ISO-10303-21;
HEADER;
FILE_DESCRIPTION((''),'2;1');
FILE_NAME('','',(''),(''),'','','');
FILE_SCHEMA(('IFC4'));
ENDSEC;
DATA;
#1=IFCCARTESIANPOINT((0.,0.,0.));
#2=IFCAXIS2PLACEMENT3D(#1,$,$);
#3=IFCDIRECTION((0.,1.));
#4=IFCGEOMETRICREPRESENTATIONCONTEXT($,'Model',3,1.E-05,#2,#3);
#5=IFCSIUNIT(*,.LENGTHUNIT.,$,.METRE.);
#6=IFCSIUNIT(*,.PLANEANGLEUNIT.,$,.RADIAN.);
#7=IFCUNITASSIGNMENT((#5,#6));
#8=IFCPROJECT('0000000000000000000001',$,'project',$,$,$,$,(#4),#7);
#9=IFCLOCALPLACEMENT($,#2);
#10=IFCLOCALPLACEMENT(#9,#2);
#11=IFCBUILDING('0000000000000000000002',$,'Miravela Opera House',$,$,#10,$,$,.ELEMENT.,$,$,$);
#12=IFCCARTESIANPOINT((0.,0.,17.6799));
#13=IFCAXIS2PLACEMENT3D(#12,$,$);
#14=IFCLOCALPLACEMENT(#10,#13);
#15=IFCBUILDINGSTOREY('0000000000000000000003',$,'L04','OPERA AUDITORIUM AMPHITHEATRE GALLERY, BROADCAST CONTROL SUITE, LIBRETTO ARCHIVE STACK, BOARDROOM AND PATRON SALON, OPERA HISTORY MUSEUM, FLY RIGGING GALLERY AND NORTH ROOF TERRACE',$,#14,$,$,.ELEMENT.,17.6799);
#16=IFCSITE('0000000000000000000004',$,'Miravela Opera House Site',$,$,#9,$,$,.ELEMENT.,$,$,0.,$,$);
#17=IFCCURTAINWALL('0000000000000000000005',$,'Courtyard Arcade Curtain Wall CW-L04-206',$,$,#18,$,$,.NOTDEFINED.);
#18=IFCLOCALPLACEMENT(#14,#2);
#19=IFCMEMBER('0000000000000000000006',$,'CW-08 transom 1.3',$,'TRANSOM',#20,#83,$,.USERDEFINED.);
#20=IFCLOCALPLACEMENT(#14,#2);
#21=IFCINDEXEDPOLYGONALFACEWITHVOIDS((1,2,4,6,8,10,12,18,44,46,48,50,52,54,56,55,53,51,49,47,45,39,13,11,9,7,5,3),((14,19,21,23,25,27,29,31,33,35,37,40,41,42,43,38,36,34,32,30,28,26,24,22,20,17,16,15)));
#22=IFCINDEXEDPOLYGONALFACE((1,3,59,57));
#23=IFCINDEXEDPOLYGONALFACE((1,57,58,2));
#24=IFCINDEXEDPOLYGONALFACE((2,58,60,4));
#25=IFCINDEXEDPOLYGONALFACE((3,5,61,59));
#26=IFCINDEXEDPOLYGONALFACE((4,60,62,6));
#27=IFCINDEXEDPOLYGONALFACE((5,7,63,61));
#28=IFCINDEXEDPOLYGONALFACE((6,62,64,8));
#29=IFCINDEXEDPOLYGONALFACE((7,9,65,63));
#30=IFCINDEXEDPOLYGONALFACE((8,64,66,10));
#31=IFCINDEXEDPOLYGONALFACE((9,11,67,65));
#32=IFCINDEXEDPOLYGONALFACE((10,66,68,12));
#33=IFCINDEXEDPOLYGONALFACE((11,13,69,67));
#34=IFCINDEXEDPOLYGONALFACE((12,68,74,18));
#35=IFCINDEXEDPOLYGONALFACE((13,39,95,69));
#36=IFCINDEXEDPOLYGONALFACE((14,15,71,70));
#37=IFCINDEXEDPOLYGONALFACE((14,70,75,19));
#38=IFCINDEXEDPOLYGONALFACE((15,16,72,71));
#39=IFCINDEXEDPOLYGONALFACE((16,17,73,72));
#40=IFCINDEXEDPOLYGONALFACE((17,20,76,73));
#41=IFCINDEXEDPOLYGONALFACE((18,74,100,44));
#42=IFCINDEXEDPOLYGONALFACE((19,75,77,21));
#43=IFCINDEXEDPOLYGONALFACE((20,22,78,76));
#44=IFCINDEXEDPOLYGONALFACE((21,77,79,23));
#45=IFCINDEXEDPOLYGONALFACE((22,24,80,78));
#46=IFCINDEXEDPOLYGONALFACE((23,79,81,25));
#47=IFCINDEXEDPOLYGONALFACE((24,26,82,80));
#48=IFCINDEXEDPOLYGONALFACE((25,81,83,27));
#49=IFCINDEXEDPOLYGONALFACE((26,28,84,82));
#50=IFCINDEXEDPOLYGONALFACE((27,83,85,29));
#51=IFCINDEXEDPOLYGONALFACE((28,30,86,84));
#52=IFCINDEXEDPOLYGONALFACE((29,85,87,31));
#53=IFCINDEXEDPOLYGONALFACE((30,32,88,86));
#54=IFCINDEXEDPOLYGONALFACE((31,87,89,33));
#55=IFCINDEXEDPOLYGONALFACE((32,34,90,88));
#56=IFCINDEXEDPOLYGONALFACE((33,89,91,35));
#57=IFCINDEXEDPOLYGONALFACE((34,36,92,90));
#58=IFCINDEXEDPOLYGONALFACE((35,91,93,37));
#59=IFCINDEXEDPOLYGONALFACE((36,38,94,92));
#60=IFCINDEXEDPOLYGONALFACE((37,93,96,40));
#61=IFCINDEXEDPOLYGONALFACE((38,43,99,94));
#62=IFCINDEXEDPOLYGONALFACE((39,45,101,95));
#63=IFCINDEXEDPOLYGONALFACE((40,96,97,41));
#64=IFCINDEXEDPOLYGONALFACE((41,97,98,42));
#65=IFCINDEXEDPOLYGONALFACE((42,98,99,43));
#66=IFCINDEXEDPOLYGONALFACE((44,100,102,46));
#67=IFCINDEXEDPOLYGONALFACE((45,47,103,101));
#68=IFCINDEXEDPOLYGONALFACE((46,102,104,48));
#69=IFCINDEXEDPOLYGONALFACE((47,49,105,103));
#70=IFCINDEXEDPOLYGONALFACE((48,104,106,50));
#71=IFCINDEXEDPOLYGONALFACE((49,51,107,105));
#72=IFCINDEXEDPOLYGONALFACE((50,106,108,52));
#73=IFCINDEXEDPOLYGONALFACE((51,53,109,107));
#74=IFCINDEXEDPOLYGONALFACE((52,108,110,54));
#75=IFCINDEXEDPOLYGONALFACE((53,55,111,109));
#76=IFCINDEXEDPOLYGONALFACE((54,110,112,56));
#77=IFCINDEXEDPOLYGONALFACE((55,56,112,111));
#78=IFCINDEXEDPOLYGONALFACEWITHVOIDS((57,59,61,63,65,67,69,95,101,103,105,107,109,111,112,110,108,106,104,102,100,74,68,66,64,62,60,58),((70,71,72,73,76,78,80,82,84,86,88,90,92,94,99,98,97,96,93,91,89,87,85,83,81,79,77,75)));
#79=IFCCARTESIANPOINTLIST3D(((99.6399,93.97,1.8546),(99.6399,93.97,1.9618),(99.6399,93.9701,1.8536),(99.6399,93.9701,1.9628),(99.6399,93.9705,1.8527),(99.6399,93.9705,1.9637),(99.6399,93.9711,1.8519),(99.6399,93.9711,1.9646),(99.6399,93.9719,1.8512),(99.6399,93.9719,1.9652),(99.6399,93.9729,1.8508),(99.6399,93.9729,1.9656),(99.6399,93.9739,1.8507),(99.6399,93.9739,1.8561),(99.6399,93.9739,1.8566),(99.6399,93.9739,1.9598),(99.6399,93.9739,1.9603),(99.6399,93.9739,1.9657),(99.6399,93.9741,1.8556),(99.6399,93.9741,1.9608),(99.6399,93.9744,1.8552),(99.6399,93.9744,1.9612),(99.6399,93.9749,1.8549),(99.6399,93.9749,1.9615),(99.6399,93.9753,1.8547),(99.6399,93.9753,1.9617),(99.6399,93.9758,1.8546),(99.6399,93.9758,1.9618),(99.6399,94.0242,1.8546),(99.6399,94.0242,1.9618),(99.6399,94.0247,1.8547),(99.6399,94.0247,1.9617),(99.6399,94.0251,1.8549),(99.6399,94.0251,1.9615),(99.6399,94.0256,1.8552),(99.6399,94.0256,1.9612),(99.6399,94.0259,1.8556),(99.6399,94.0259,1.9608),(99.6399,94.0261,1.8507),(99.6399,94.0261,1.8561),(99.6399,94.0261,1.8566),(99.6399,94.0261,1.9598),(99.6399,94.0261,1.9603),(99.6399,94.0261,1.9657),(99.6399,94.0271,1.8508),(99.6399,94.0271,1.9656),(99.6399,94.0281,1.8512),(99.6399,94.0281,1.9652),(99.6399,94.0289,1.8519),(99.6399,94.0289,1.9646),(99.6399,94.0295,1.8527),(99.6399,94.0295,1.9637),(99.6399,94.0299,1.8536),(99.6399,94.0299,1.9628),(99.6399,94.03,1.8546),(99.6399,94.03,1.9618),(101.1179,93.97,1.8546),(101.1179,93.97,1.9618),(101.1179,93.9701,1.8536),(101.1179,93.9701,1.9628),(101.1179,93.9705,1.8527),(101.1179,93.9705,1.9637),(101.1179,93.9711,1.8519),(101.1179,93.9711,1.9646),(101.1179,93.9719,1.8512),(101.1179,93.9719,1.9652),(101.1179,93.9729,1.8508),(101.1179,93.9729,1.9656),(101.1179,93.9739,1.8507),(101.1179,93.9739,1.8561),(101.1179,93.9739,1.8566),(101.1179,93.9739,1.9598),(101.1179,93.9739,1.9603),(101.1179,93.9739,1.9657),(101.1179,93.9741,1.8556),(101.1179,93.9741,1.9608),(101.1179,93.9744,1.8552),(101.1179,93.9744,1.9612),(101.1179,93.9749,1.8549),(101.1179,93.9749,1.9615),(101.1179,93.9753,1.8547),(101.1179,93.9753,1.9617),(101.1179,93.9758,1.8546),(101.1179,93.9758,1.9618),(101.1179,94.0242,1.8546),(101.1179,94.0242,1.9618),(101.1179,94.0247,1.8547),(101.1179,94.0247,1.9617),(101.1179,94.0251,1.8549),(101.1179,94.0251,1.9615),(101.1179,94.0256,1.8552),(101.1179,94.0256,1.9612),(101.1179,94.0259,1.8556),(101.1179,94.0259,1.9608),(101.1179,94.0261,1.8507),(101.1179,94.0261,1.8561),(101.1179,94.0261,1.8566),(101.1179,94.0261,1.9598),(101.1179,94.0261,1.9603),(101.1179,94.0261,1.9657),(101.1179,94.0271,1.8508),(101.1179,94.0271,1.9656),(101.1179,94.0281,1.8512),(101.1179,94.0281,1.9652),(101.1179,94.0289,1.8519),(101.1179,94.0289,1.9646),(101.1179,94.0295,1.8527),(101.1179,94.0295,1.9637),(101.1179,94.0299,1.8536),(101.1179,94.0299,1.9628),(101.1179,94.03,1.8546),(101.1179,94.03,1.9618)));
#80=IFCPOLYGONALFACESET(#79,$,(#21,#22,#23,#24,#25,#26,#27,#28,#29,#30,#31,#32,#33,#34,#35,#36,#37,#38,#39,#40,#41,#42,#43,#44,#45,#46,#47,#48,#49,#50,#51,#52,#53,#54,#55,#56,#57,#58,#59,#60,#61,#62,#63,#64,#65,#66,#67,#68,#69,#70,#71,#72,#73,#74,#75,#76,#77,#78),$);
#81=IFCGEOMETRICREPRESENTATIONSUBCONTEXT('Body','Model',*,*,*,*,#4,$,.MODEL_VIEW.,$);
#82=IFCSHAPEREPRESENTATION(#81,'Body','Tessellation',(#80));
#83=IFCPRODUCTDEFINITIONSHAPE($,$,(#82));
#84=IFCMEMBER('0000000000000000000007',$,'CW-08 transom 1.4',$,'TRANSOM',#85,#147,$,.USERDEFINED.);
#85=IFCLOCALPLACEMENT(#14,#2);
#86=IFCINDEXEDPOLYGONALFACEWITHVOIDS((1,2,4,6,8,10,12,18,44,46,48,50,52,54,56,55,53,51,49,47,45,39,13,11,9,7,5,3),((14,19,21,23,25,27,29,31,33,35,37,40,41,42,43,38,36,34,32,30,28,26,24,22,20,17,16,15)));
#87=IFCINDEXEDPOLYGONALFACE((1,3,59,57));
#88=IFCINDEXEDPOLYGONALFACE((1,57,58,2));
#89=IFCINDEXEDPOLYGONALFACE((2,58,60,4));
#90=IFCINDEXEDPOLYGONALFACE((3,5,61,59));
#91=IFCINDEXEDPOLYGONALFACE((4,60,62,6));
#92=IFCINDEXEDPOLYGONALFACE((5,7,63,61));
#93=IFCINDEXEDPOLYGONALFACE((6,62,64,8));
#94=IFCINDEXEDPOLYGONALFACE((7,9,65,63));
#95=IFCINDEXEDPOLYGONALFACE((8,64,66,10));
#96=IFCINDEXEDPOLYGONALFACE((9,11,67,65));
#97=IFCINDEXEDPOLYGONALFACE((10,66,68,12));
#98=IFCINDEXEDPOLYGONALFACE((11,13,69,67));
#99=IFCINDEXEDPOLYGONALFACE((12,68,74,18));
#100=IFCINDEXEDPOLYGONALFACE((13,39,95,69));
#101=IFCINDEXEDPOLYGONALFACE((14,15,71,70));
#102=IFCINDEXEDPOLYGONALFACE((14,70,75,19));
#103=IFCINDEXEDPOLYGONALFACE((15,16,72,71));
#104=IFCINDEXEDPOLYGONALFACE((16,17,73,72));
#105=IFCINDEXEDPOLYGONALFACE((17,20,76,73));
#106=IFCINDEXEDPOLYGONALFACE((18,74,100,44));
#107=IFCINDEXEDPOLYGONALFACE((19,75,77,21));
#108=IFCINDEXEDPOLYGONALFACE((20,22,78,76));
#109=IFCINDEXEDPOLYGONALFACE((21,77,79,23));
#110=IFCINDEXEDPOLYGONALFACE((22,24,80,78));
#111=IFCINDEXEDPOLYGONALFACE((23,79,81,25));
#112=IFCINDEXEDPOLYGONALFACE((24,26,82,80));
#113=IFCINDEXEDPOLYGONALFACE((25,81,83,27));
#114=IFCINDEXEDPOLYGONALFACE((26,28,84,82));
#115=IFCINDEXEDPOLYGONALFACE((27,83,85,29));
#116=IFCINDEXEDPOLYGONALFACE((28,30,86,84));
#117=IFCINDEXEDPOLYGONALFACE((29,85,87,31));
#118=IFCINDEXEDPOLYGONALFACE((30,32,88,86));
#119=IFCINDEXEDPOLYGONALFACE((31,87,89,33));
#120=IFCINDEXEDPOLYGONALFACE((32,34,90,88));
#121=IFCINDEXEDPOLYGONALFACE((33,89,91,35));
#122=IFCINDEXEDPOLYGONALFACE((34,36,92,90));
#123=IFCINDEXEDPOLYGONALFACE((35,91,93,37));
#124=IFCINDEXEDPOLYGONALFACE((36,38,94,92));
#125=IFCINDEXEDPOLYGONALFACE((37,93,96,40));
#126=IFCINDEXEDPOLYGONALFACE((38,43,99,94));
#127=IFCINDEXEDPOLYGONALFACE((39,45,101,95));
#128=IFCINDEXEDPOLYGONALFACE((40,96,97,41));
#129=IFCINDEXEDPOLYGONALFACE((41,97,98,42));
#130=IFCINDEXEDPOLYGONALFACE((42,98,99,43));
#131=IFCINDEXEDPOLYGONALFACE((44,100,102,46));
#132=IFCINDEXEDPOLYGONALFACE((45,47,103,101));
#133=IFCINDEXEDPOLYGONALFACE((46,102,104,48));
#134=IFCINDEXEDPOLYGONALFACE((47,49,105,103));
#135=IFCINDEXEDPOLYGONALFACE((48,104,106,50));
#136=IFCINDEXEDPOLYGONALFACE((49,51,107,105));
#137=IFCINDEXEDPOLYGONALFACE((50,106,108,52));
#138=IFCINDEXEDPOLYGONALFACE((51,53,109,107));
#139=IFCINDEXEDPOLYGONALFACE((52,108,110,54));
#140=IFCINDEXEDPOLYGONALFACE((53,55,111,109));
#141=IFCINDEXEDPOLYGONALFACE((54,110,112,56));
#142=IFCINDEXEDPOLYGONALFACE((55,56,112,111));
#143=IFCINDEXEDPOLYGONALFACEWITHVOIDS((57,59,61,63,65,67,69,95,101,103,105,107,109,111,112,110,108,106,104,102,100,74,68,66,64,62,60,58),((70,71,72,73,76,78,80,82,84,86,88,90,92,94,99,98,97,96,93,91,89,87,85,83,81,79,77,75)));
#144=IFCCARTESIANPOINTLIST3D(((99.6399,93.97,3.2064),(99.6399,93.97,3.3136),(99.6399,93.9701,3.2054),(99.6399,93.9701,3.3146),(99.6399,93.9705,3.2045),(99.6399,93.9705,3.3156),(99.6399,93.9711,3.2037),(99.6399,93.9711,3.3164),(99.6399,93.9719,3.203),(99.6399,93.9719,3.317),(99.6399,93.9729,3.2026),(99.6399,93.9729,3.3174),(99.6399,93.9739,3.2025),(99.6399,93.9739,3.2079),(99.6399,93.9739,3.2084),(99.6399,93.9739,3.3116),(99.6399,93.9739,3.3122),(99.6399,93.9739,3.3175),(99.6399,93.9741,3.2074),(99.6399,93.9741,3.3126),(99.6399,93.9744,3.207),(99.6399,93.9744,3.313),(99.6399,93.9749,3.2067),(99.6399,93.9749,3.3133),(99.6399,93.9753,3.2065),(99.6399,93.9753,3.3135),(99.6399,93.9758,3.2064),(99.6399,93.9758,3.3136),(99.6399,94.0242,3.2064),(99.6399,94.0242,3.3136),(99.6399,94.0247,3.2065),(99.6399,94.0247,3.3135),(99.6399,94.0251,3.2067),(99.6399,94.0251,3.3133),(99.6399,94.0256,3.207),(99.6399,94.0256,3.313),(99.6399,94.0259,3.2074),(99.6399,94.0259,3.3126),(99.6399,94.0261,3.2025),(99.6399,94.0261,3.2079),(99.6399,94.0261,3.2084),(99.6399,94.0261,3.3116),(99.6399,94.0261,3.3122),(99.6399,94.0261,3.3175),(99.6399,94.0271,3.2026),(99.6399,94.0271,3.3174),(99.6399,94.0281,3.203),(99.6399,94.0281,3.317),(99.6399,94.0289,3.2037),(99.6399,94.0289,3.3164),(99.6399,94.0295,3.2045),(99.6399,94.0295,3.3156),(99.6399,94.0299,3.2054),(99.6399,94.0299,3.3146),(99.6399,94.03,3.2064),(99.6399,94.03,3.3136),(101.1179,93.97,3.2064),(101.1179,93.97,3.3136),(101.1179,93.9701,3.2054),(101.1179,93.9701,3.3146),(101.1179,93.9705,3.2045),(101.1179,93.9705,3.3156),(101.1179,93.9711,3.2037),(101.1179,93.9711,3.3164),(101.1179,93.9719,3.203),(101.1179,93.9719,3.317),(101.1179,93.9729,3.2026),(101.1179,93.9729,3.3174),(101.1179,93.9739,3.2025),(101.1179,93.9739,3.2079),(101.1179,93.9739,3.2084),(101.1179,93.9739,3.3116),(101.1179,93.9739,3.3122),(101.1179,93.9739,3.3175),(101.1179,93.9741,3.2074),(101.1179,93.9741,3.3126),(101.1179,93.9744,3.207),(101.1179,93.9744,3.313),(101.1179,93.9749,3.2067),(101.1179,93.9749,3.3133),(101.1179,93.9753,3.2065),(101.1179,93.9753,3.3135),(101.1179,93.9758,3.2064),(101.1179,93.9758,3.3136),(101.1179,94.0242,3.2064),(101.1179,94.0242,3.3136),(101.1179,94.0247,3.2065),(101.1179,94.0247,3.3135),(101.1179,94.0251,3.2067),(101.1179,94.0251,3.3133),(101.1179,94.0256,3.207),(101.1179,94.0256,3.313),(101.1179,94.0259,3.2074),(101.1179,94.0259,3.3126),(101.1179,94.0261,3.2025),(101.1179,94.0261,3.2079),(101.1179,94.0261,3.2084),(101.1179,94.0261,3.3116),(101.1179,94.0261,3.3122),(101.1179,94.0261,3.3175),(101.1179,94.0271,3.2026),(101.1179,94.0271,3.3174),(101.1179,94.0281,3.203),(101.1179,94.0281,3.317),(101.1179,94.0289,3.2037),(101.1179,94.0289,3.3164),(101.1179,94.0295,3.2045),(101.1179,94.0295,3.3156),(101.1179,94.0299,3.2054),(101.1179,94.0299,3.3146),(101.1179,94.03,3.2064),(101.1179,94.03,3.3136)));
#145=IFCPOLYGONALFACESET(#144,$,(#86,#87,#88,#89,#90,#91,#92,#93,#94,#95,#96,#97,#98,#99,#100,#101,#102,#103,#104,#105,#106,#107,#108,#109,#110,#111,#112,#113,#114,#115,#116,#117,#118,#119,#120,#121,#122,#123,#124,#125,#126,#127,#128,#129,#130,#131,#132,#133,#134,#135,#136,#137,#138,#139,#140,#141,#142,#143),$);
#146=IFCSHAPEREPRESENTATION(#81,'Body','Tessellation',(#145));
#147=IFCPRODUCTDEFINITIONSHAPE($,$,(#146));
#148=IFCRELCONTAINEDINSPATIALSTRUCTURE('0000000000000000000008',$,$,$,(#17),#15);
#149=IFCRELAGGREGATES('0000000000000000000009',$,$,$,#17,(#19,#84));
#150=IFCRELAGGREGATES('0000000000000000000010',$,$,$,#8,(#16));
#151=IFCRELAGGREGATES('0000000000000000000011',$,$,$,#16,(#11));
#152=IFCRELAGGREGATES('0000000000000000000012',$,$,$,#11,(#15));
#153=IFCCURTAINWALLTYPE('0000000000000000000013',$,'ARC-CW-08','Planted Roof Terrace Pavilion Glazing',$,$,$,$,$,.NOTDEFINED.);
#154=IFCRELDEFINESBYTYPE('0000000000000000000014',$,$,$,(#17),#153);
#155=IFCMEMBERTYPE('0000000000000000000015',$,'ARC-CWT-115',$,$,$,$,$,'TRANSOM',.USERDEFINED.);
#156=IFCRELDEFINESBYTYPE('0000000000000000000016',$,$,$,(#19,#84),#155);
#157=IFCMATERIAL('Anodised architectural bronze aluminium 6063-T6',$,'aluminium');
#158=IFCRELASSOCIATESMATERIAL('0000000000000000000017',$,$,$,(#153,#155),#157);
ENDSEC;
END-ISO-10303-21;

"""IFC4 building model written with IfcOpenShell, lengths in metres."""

from ifc_helpers import new_model, si_unit, direction, frame, origin, origin_2d, place, context, subcontext, project, spatial, hollow_rectangle, extrude, material, material_profile, profile_set, type_object, element, aggregate, save


model = new_model("IFC4")

# Units and contexts
model_context = context("Model", 3, precision=1e-05, world=origin(), true_north=direction((0.0, 1.0)))
body_context = subcontext(model_context, "Body", "Model", "MODEL_VIEW")
ifc_project = project(units=[si_unit("LENGTHUNIT", "METRE"), si_unit("PLANEANGLEUNIT", "RADIAN")], contexts=[model_context])

# Site, building, storey
site_placement = place(None, origin())
site = spatial("IfcSite", under=ifc_project, at=site_placement, Name="Miravela Opera House Site", CompositionType="ELEMENT", RefElevation=0.0)
building_placement = place(site_placement, origin())
building = spatial("IfcBuilding", under=site, at=building_placement, Name="Miravela Opera House", CompositionType="ELEMENT")
storey_placement = place(building_placement, frame((0.0, 0.0, 17.6799)))
storey = spatial("IfcBuildingStorey", under=building, at=storey_placement, Name="L04", Description="OPERA AUDITORIUM AMPHITHEATRE GALLERY, BROADCAST CONTROL SUITE, LIBRETTO ARCHIVE STACK, BOARDROOM AND PATRON SALON, OPERA HISTORY MUSEUM, FLY RIGGING GALLERY AND NORTH ROOF TERRACE", CompositionType="ELEMENT", Elevation=17.6799)

# Curtain wall, members
ifc_material_1 = material(Name="Anodised architectural bronze aluminium 6063-T6", Category="aluminium")
curtain_wall_type = type_object("IfcCurtainWallType", Name="ARC-CW-08", Description="Planted Roof Terrace Pavilion Glazing", PredefinedType="NOTDEFINED", material=ifc_material_1)
curtain_wall_placement = place(storey_placement, origin())
curtain_wall = element("IfcCurtainWall", 1, at=curtain_wall_placement, inside=storey, type_object=curtain_wall_type, Name="Courtyard Arcade Curtain Wall CW-L04-206", PredefinedType="NOTDEFINED")
ifc_material_profile_1 = material_profile(ifc_material_1, hollow_rectangle(XDim=0.0601, YDim=0.115, WallThickness=0.0039, InnerFilletRadius=0.002, OuterFilletRadius=0.0039, at=origin_2d()), Name="CWT-60X115")
ifc_profile_set_1 = profile_set([ifc_material_profile_1])
member_type_1 = type_object("IfcMemberType", Name="ARC-CWT-115", ElementType="TRANSOM", PredefinedType="USERDEFINED", material=ifc_profile_set_1)
member_1_placement = place(storey_placement, frame((99.6399, 94.0, 1.9082), z_axis=(1.0, 0.0, 0.0), x_axis=(0.0, 1.0, 0.0)))
member_1 = element("IfcMember", 2, at=member_1_placement, type_object=member_type_1, Name="CW-08 transom 1.3", ObjectType="TRANSOM", PredefinedType="USERDEFINED", context=body_context, shape_type="SweptSolid", body=[
    extrude(hollow_rectangle(XDim=0.0601, YDim=0.115, WallThickness=0.0039, InnerFilletRadius=0.002, OuterFilletRadius=0.0039, at=origin_2d()), origin(), (0.0, 0.0, 1.0), 1.478),
])
member_2_placement = place(storey_placement, frame((99.6399, 94.0, 3.26), z_axis=(1.0, 0.0, 0.0), x_axis=(0.0, 1.0, 0.0)))
member_2 = element("IfcMember", 3, at=member_2_placement, type_object=member_type_1, Name="CW-08 transom 1.4", ObjectType="TRANSOM", PredefinedType="USERDEFINED", context=body_context, shape_type="SweptSolid", body=[
    extrude(hollow_rectangle(XDim=0.0601, YDim=0.115, WallThickness=0.0039, InnerFilletRadius=0.002, OuterFilletRadius=0.0039, at=origin_2d()), origin(), (0.0, 0.0, 1.0), 1.478),
])

aggregate(curtain_wall, [member_1, member_2])

save(model, "model.ifc")
